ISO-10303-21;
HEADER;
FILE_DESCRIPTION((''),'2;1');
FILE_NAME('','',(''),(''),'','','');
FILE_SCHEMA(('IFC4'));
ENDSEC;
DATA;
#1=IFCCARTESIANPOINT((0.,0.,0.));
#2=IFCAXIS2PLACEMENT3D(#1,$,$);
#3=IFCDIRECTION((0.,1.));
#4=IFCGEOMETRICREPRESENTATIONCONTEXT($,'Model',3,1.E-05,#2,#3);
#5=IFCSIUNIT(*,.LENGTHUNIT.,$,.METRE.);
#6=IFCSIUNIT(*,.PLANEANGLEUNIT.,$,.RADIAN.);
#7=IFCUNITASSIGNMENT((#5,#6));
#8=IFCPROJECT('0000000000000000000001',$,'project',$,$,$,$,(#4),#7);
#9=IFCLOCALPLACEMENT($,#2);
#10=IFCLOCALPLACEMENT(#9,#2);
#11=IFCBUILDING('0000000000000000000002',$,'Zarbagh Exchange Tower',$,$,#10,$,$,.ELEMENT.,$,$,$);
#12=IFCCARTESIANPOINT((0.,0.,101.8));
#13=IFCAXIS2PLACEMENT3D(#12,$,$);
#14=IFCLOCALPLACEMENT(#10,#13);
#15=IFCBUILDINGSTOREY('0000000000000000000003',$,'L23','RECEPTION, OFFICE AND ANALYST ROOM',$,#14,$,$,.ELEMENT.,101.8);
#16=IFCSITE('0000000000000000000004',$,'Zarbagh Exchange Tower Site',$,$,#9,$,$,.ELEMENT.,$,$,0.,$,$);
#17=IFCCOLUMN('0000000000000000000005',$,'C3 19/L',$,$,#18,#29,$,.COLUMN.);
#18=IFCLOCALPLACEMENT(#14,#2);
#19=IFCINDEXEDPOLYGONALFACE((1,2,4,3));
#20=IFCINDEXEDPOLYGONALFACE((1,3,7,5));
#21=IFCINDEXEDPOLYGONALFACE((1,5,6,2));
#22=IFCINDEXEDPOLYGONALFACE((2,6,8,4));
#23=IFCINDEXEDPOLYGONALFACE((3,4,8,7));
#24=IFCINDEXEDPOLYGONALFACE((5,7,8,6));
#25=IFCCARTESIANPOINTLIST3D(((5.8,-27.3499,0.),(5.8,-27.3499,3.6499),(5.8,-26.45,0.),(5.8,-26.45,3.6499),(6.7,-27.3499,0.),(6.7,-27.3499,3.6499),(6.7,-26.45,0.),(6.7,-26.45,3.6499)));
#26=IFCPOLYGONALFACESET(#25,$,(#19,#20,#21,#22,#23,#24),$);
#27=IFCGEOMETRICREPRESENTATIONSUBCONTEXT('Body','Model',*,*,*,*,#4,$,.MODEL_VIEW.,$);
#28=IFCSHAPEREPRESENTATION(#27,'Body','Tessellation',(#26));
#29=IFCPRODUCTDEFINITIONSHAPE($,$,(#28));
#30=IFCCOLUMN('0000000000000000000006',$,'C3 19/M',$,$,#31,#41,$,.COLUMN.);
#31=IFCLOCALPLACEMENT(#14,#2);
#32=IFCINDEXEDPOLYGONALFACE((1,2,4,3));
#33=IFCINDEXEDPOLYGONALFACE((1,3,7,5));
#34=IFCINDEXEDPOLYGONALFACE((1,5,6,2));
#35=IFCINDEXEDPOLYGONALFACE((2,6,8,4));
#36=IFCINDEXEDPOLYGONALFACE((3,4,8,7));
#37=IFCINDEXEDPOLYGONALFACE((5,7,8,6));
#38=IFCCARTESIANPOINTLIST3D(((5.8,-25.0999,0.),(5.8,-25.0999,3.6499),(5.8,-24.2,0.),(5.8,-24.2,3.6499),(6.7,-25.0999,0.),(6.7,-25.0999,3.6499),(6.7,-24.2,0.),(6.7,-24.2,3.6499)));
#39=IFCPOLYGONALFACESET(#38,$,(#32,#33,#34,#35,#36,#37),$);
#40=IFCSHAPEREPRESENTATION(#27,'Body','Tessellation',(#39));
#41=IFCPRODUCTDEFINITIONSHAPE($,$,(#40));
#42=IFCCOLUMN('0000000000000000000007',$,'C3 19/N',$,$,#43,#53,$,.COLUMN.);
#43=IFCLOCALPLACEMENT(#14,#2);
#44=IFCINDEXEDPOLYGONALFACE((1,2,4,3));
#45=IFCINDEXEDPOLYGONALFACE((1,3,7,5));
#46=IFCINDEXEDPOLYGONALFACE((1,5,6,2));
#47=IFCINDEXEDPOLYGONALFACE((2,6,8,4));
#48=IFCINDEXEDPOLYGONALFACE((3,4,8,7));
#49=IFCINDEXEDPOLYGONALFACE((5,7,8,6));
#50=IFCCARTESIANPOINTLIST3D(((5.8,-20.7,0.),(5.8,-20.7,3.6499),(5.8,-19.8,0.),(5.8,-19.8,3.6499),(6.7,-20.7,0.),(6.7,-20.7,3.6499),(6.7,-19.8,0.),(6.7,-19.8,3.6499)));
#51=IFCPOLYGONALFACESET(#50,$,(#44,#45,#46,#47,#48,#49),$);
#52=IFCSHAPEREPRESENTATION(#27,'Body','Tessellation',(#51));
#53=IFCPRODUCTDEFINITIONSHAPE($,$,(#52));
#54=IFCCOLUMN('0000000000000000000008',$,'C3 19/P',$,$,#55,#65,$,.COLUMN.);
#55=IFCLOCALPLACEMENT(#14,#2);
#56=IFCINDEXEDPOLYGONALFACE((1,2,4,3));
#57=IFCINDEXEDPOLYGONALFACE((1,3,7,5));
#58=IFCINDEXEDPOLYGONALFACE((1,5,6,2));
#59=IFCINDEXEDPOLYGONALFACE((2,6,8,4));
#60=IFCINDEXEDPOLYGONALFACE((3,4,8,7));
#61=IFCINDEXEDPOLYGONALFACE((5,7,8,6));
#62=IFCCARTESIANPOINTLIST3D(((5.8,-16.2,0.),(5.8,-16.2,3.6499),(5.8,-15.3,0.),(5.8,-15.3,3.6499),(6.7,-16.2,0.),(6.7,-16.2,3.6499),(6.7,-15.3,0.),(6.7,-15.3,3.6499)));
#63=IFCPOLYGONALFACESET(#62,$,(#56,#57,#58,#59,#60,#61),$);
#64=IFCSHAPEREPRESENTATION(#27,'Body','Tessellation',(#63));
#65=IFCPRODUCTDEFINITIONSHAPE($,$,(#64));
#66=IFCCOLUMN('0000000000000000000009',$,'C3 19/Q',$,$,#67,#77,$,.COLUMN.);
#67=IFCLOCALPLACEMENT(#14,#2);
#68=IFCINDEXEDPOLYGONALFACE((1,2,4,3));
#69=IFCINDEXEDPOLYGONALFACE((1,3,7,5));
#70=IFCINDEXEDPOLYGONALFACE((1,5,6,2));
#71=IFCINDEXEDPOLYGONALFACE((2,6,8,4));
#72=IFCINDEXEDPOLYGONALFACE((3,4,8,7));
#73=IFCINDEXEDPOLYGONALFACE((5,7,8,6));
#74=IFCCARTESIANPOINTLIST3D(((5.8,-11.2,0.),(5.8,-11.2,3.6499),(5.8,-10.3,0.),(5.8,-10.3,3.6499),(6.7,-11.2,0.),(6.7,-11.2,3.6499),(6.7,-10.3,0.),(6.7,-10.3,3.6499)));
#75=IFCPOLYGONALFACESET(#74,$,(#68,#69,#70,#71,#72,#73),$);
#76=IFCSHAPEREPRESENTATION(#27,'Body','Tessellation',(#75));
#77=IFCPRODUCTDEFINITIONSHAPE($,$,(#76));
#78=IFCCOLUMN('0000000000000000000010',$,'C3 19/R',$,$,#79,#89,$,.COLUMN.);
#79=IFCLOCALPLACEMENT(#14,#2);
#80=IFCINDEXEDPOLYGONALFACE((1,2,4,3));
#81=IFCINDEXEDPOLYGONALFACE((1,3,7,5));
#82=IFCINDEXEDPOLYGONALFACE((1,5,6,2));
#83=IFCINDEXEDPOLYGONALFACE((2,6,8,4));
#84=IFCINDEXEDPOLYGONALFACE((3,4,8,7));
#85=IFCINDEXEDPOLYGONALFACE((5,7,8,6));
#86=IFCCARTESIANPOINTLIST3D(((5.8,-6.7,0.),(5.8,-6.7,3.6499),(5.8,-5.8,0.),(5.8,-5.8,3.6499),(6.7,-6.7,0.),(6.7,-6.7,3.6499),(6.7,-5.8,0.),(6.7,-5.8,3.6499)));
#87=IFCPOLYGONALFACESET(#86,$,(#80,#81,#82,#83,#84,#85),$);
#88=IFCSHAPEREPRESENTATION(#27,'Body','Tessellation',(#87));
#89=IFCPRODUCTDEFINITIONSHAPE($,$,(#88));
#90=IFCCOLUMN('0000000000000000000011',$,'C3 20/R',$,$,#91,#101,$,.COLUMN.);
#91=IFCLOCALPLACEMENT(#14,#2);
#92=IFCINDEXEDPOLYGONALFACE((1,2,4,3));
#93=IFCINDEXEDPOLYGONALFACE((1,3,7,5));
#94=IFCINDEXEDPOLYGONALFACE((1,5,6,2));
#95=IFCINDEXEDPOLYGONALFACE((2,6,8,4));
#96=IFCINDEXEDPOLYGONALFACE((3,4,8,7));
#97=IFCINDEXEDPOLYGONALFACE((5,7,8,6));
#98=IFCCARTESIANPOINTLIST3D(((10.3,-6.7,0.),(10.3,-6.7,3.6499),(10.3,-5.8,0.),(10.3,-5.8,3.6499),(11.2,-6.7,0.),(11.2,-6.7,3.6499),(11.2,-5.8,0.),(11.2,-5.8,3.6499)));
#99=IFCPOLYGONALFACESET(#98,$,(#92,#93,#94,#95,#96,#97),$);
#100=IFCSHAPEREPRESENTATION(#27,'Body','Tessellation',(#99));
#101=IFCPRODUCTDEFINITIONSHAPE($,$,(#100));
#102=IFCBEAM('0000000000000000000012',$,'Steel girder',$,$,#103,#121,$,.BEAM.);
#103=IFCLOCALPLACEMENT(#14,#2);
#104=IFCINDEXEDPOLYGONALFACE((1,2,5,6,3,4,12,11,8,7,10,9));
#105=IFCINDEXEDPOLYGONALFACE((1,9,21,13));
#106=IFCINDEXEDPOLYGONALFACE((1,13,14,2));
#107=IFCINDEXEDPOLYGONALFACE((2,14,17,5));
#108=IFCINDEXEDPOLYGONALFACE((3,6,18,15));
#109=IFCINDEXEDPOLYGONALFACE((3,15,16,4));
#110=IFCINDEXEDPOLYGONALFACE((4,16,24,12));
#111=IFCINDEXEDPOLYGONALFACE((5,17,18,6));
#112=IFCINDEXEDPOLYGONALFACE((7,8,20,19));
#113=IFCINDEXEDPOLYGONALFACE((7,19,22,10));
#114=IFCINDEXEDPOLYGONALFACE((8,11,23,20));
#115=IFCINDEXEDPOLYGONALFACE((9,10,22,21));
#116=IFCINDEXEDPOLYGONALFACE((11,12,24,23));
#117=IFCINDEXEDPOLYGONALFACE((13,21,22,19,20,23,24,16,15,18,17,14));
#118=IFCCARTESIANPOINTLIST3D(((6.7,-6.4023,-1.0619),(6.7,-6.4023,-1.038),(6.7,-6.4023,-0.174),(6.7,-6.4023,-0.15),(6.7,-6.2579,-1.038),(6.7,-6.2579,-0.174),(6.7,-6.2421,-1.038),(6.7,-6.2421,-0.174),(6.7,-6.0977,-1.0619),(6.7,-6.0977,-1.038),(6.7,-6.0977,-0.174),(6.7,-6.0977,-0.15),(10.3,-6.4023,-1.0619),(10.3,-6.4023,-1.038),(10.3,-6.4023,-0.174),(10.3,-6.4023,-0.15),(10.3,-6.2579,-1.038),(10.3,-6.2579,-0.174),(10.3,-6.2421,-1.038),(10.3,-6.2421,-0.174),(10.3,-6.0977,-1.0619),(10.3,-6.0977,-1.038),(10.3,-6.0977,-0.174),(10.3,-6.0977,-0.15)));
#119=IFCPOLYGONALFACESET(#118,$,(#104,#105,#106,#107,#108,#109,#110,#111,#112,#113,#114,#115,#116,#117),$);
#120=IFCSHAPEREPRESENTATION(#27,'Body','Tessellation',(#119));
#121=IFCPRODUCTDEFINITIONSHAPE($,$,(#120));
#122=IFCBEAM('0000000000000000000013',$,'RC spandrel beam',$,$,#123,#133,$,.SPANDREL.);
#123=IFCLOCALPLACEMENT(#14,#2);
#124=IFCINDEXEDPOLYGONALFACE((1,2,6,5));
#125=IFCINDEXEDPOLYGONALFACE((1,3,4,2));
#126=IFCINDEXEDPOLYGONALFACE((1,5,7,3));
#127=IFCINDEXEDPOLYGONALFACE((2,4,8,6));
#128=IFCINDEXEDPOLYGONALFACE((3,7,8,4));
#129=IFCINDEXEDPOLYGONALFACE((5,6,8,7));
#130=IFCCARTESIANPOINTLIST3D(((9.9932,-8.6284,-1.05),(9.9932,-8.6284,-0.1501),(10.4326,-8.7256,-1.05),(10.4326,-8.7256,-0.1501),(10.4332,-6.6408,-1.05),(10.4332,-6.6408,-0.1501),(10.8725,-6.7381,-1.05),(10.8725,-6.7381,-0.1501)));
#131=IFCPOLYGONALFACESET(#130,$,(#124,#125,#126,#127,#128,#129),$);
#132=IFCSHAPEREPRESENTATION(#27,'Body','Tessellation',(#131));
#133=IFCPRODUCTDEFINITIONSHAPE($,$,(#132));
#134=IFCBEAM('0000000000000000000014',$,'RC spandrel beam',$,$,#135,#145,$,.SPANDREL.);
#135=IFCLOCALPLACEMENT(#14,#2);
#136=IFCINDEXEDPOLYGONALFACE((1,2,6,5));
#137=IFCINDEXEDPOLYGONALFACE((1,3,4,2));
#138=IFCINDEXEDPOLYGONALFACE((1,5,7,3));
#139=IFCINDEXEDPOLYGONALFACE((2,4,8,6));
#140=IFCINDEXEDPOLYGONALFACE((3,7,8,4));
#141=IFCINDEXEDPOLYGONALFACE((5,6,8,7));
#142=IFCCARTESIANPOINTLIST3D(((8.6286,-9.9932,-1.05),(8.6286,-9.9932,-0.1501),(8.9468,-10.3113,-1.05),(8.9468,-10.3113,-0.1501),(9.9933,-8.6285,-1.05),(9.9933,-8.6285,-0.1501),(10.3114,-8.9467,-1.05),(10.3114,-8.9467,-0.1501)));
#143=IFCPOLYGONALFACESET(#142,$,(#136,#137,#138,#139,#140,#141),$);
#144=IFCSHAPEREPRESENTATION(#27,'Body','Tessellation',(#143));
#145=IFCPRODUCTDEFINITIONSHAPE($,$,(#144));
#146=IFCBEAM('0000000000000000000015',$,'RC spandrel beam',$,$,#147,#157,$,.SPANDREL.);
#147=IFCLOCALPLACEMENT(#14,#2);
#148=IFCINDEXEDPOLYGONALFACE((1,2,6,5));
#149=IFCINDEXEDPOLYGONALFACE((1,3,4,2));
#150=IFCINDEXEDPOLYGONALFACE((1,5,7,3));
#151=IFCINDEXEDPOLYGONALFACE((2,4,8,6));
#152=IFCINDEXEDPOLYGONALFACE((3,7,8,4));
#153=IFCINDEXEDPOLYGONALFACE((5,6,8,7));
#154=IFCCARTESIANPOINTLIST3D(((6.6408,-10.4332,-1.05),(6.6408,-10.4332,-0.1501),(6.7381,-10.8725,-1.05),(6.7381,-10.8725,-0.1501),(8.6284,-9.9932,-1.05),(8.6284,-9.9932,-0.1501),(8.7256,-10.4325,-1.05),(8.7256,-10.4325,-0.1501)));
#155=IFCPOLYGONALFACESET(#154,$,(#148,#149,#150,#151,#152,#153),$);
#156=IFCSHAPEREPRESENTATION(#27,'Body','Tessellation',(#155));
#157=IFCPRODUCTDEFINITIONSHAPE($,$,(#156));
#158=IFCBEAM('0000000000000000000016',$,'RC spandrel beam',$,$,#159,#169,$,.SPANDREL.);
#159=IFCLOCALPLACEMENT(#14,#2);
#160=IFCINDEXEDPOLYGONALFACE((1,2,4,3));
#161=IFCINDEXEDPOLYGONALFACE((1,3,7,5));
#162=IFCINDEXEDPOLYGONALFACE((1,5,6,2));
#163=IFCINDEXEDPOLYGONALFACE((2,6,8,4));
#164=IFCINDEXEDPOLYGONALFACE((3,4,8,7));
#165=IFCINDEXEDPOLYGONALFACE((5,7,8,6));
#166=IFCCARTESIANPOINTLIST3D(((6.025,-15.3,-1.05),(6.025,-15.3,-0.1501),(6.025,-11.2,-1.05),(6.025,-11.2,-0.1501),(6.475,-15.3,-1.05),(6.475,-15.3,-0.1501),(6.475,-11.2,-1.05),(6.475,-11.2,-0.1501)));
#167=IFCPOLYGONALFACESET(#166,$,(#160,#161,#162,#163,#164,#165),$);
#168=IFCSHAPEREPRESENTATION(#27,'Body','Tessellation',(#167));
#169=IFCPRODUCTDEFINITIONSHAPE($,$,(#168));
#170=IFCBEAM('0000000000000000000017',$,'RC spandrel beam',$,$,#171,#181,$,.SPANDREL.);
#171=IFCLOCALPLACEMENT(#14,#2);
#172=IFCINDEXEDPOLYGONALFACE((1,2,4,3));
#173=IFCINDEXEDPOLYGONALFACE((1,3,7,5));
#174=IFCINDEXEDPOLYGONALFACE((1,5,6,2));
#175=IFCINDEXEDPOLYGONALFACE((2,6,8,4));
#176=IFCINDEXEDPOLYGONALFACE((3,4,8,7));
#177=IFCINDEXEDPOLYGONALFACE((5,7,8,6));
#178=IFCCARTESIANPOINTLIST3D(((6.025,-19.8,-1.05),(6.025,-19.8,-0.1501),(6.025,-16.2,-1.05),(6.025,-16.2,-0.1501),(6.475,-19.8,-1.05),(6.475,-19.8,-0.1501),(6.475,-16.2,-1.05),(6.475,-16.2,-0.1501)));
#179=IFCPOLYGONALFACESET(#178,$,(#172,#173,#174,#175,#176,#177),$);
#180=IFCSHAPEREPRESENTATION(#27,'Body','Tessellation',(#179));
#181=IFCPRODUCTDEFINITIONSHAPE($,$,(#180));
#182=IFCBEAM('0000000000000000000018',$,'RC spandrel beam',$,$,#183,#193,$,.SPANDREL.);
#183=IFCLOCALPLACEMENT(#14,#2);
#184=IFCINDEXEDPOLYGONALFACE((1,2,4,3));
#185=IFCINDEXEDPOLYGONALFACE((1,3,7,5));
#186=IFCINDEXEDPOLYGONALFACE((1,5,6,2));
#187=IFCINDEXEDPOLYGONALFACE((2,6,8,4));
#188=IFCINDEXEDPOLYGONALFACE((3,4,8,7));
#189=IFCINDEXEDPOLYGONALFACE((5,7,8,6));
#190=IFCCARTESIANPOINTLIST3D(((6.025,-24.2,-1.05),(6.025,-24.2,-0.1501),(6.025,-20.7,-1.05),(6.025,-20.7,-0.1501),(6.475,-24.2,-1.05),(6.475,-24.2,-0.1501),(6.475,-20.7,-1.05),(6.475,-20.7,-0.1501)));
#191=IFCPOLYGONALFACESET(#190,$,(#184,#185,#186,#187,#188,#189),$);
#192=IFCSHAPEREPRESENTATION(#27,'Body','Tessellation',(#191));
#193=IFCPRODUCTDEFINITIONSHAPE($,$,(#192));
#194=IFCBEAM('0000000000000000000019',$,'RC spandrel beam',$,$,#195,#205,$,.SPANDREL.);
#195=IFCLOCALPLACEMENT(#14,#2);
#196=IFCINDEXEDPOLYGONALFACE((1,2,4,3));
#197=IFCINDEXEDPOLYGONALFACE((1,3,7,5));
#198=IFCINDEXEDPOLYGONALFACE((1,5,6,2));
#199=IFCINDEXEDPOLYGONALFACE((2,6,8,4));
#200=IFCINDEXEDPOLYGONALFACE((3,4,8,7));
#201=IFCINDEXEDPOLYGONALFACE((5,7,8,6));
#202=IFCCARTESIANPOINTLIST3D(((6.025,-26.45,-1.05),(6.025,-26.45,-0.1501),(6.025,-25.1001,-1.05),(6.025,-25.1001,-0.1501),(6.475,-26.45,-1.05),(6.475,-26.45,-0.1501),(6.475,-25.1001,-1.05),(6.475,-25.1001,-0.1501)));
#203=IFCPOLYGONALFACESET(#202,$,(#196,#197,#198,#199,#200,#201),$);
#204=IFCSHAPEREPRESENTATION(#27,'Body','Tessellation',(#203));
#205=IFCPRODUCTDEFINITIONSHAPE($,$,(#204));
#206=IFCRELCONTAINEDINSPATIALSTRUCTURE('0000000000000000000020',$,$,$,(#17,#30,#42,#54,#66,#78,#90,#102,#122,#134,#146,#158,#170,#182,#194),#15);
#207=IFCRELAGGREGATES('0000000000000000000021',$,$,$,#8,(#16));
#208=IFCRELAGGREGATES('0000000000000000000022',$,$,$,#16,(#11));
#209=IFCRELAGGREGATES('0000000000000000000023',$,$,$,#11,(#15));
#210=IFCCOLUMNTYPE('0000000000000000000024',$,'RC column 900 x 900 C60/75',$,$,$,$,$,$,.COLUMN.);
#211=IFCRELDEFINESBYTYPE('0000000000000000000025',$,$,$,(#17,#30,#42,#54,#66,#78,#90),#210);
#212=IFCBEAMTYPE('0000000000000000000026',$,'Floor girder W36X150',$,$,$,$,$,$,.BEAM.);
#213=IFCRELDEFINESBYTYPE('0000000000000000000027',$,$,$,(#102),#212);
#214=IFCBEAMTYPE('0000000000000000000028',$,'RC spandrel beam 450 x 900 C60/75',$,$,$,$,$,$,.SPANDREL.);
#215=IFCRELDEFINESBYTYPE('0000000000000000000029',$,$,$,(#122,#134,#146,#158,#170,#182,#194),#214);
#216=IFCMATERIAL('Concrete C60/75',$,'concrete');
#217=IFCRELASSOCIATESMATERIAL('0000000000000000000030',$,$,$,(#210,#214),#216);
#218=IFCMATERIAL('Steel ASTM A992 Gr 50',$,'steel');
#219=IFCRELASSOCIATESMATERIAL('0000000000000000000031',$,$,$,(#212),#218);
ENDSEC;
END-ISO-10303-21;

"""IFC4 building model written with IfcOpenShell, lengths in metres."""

from ifc_helpers import new_model, si_unit, direction, frame, origin, origin_2d, place, context, subcontext, project, spatial, rectangle, i_section, extrude, material, material_profile, profile_set, type_object, element, save


model = new_model("IFC4")

# Units and contexts
model_context = context("Model", 3, precision=1e-05, world=origin(), true_north=direction((0.0, 1.0)))
body_context = subcontext(model_context, "Body", "Model", "MODEL_VIEW")
ifc_project = project(units=[si_unit("LENGTHUNIT", "METRE"), si_unit("PLANEANGLEUNIT", "RADIAN")], contexts=[model_context])

# Site, building, storey
site_placement = place(None, origin())
site = spatial("IfcSite", under=ifc_project, at=site_placement, Name="Zarbagh Exchange Tower Site", CompositionType="ELEMENT", RefElevation=0.0)
building_placement = place(site_placement, origin())
building = spatial("IfcBuilding", under=site, at=building_placement, Name="Zarbagh Exchange Tower", CompositionType="ELEMENT")
storey_placement = place(building_placement, frame((0.0, 0.0, 101.8)))
storey = spatial("IfcBuildingStorey", under=building, at=storey_placement, Name="L23", Description="RECEPTION, OFFICE AND ANALYST ROOM", CompositionType="ELEMENT", Elevation=101.8)

# Columns
ifc_material_1 = material(Name="Concrete C60/75", Category="concrete")
ifc_material_profile_1 = material_profile(ifc_material_1, rectangle(XDim=0.8999, YDim=0.8999, at=origin_2d()), Name="RC column 900 x 900 C60/75")
ifc_profile_set_1 = profile_set([ifc_material_profile_1], Name="Concrete C60/75")
column_type = type_object("IfcColumnType", Name="RC column 900 x 900 C60/75", PredefinedType="COLUMN", material=ifc_profile_set_1)
for number, where, z_axis, x_axis, name in (
    (1, (6.25, -26.8999, 0.0), (0.0, 0.0, 1.0), (1.0, 0.0, 0.0), "C3 19/L"),
    (2, (6.25, -24.6499, 0.0), (0.0, 0.0, 1.0), (1.0, 0.0, 0.0), "C3 19/M"),
    (3, (6.25, -20.25, 0.0), (0.0, 0.0, 1.0), (1.0, 0.0, 0.0), "C3 19/N"),
    (4, (6.25, -15.75, 0.0), (0.0, 0.0, 1.0), (1.0, 0.0, 0.0), "C3 19/P"),
    (5, (6.25, -10.75, 0.0), (0.0, 0.0, 1.0), (1.0, 0.0, 0.0), "C3 19/Q"),
    (6, (6.25, -6.25, 0.0), (0.0, 0.0, 1.0), (1.0, 0.0, 0.0), "C3 19/R"),
    (7, (10.75, -6.25, 0.0), (0.0, 0.0, 1.0), (1.0, 0.0, 0.0), "C3 20/R"),
):
    element("IfcColumn", number, at=place(storey_placement, frame(where, z_axis=z_axis, x_axis=x_axis)), inside=storey, type_object=column_type, Name=name, PredefinedType="COLUMN", context=body_context, shape_type="SweptSolid", body=[
        extrude(rectangle(XDim=0.8999, YDim=0.8999, at=origin_2d()), origin(), (0.0, 0.0, 1.0), 3.6499),
    ])

# Beams
ifc_material_2 = material(Name="Steel ASTM A992 Gr 50", Category="steel")
ifc_material_profile_2 = material_profile(ifc_material_2, i_section(OverallWidth=0.3047, OverallDepth=0.9119, WebThickness=0.0159, FlangeThickness=0.0239, at=origin_2d()), Name="W36X150")
ifc_profile_set_2 = profile_set([ifc_material_profile_2], Name="Steel ASTM A992 Gr 50")
beam_type_1 = type_object("IfcBeamType", Name="Floor girder W36X150", PredefinedType="BEAM", material=ifc_profile_set_2)
beam_1_placement = place(storey_placement, frame((6.7, -6.25, -0.606), z_axis=(1.0, 0.0, 0.0), x_axis=(0.0, 1.0, 0.0)))
element("IfcBeam", 8, at=beam_1_placement, inside=storey, type_object=beam_type_1, Name="Steel girder", PredefinedType="BEAM", context=body_context, shape_type="SweptSolid", body=[
    extrude(i_section(OverallWidth=0.3047, OverallDepth=0.9119, WebThickness=0.0159, FlangeThickness=0.0239, at=origin_2d()), origin(), (0.0, 0.0, 1.0), 3.6001),
])
ifc_material_profile_3 = material_profile(ifc_material_1, rectangle(XDim=0.45, YDim=0.8999, at=origin_2d()), Name="RC spandrel beam 450 x 900 C60/75")
ifc_profile_set_3 = profile_set([ifc_material_profile_3], Name="Concrete C60/75")
beam_type_2 = type_object("IfcBeamType", Name="RC spandrel beam 450 x 900 C60/75", PredefinedType="SPANDREL", material=ifc_profile_set_3)
beam_2_placement = place(storey_placement, frame((10.6528, -6.6895, -0.6001), z_axis=(-0.216118, -0.976367, 0.0), x_axis=(0.976367, -0.216118, 0.0)))
element("IfcBeam", 9, at=beam_2_placement, inside=storey, type_object=beam_type_2, Name="RC spandrel beam", PredefinedType="SPANDREL", context=body_context, shape_type="SweptSolid", body=[
    extrude(rectangle(XDim=0.45, YDim=0.8999, at=origin_2d()), origin(), (0.0, 0.0, 1.0), 2.0356),
])
beam_3_placement = place(storey_placement, frame((10.1523, -8.7876, -0.6001), z_axis=(-0.707107, -0.707107, 0.0), x_axis=(0.707107, -0.707107, 0.0)))
element("IfcBeam", 10, at=beam_3_placement, inside=storey, type_object=beam_type_2, Name="RC spandrel beam", PredefinedType="SPANDREL", context=body_context, shape_type="SweptSolid", body=[
    extrude(rectangle(XDim=0.45, YDim=0.8999, at=origin_2d()), origin(), (0.0, 0.0, 1.0), 1.9299),
])
beam_4_placement = place(storey_placement, frame((8.677, -10.2129, -0.6001), z_axis=(-0.976367, -0.216118, 0.0), x_axis=(0.216118, -0.976367, 0.0)))
element("IfcBeam", 11, at=beam_4_placement, inside=storey, type_object=beam_type_2, Name="RC spandrel beam", PredefinedType="SPANDREL", context=body_context, shape_type="SweptSolid", body=[
    extrude(rectangle(XDim=0.45, YDim=0.8999, at=origin_2d()), origin(), (0.0, 0.0, 1.0), 2.0356),
])
beam_5_placement = place(storey_placement, frame((6.25, -11.2, -0.6001), z_axis=(0.0, -1.0, 0.0), x_axis=(1.0, 0.0, 0.0)))
element("IfcBeam", 12, at=beam_5_placement, inside=storey, type_object=beam_type_2, Name="RC spandrel beam", PredefinedType="SPANDREL", context=body_context, shape_type="SweptSolid", body=[
    extrude(rectangle(XDim=0.45, YDim=0.8999, at=origin_2d()), origin(), (0.0, 0.0, 1.0), 4.1001),
])
beam_6_placement = place(storey_placement, frame((6.25, -16.2, -0.6001), z_axis=(0.0, -1.0, 0.0), x_axis=(1.0, 0.0, 0.0)))
element("IfcBeam", 13, at=beam_6_placement, inside=storey, type_object=beam_type_2, Name="RC spandrel beam", PredefinedType="SPANDREL", context=body_context, shape_type="SweptSolid", body=[
    extrude(rectangle(XDim=0.45, YDim=0.8999, at=origin_2d()), origin(), (0.0, 0.0, 1.0), 3.6001),
])
beam_7_placement = place(storey_placement, frame((6.25, -20.7, -0.6001), z_axis=(0.0, -1.0, 0.0), x_axis=(1.0, 0.0, 0.0)))
element("IfcBeam", 14, at=beam_7_placement, inside=storey, type_object=beam_type_2, Name="RC spandrel beam", PredefinedType="SPANDREL", context=body_context, shape_type="SweptSolid", body=[
    extrude(rectangle(XDim=0.45, YDim=0.8999, at=origin_2d()), origin(), (0.0, 0.0, 1.0), 3.5),
])
beam_8_placement = place(storey_placement, frame((6.25, -25.1001, -0.6001), z_axis=(0.0, -1.0, 0.0), x_axis=(1.0, 0.0, 0.0)))
element("IfcBeam", 15, at=beam_8_placement, inside=storey, type_object=beam_type_2, Name="RC spandrel beam", PredefinedType="SPANDREL", context=body_context, shape_type="SweptSolid", body=[
    extrude(rectangle(XDim=0.45, YDim=0.8999, at=origin_2d()), origin(), (0.0, 0.0, 1.0), 1.3499),
])

save(model, "model.ifc")
